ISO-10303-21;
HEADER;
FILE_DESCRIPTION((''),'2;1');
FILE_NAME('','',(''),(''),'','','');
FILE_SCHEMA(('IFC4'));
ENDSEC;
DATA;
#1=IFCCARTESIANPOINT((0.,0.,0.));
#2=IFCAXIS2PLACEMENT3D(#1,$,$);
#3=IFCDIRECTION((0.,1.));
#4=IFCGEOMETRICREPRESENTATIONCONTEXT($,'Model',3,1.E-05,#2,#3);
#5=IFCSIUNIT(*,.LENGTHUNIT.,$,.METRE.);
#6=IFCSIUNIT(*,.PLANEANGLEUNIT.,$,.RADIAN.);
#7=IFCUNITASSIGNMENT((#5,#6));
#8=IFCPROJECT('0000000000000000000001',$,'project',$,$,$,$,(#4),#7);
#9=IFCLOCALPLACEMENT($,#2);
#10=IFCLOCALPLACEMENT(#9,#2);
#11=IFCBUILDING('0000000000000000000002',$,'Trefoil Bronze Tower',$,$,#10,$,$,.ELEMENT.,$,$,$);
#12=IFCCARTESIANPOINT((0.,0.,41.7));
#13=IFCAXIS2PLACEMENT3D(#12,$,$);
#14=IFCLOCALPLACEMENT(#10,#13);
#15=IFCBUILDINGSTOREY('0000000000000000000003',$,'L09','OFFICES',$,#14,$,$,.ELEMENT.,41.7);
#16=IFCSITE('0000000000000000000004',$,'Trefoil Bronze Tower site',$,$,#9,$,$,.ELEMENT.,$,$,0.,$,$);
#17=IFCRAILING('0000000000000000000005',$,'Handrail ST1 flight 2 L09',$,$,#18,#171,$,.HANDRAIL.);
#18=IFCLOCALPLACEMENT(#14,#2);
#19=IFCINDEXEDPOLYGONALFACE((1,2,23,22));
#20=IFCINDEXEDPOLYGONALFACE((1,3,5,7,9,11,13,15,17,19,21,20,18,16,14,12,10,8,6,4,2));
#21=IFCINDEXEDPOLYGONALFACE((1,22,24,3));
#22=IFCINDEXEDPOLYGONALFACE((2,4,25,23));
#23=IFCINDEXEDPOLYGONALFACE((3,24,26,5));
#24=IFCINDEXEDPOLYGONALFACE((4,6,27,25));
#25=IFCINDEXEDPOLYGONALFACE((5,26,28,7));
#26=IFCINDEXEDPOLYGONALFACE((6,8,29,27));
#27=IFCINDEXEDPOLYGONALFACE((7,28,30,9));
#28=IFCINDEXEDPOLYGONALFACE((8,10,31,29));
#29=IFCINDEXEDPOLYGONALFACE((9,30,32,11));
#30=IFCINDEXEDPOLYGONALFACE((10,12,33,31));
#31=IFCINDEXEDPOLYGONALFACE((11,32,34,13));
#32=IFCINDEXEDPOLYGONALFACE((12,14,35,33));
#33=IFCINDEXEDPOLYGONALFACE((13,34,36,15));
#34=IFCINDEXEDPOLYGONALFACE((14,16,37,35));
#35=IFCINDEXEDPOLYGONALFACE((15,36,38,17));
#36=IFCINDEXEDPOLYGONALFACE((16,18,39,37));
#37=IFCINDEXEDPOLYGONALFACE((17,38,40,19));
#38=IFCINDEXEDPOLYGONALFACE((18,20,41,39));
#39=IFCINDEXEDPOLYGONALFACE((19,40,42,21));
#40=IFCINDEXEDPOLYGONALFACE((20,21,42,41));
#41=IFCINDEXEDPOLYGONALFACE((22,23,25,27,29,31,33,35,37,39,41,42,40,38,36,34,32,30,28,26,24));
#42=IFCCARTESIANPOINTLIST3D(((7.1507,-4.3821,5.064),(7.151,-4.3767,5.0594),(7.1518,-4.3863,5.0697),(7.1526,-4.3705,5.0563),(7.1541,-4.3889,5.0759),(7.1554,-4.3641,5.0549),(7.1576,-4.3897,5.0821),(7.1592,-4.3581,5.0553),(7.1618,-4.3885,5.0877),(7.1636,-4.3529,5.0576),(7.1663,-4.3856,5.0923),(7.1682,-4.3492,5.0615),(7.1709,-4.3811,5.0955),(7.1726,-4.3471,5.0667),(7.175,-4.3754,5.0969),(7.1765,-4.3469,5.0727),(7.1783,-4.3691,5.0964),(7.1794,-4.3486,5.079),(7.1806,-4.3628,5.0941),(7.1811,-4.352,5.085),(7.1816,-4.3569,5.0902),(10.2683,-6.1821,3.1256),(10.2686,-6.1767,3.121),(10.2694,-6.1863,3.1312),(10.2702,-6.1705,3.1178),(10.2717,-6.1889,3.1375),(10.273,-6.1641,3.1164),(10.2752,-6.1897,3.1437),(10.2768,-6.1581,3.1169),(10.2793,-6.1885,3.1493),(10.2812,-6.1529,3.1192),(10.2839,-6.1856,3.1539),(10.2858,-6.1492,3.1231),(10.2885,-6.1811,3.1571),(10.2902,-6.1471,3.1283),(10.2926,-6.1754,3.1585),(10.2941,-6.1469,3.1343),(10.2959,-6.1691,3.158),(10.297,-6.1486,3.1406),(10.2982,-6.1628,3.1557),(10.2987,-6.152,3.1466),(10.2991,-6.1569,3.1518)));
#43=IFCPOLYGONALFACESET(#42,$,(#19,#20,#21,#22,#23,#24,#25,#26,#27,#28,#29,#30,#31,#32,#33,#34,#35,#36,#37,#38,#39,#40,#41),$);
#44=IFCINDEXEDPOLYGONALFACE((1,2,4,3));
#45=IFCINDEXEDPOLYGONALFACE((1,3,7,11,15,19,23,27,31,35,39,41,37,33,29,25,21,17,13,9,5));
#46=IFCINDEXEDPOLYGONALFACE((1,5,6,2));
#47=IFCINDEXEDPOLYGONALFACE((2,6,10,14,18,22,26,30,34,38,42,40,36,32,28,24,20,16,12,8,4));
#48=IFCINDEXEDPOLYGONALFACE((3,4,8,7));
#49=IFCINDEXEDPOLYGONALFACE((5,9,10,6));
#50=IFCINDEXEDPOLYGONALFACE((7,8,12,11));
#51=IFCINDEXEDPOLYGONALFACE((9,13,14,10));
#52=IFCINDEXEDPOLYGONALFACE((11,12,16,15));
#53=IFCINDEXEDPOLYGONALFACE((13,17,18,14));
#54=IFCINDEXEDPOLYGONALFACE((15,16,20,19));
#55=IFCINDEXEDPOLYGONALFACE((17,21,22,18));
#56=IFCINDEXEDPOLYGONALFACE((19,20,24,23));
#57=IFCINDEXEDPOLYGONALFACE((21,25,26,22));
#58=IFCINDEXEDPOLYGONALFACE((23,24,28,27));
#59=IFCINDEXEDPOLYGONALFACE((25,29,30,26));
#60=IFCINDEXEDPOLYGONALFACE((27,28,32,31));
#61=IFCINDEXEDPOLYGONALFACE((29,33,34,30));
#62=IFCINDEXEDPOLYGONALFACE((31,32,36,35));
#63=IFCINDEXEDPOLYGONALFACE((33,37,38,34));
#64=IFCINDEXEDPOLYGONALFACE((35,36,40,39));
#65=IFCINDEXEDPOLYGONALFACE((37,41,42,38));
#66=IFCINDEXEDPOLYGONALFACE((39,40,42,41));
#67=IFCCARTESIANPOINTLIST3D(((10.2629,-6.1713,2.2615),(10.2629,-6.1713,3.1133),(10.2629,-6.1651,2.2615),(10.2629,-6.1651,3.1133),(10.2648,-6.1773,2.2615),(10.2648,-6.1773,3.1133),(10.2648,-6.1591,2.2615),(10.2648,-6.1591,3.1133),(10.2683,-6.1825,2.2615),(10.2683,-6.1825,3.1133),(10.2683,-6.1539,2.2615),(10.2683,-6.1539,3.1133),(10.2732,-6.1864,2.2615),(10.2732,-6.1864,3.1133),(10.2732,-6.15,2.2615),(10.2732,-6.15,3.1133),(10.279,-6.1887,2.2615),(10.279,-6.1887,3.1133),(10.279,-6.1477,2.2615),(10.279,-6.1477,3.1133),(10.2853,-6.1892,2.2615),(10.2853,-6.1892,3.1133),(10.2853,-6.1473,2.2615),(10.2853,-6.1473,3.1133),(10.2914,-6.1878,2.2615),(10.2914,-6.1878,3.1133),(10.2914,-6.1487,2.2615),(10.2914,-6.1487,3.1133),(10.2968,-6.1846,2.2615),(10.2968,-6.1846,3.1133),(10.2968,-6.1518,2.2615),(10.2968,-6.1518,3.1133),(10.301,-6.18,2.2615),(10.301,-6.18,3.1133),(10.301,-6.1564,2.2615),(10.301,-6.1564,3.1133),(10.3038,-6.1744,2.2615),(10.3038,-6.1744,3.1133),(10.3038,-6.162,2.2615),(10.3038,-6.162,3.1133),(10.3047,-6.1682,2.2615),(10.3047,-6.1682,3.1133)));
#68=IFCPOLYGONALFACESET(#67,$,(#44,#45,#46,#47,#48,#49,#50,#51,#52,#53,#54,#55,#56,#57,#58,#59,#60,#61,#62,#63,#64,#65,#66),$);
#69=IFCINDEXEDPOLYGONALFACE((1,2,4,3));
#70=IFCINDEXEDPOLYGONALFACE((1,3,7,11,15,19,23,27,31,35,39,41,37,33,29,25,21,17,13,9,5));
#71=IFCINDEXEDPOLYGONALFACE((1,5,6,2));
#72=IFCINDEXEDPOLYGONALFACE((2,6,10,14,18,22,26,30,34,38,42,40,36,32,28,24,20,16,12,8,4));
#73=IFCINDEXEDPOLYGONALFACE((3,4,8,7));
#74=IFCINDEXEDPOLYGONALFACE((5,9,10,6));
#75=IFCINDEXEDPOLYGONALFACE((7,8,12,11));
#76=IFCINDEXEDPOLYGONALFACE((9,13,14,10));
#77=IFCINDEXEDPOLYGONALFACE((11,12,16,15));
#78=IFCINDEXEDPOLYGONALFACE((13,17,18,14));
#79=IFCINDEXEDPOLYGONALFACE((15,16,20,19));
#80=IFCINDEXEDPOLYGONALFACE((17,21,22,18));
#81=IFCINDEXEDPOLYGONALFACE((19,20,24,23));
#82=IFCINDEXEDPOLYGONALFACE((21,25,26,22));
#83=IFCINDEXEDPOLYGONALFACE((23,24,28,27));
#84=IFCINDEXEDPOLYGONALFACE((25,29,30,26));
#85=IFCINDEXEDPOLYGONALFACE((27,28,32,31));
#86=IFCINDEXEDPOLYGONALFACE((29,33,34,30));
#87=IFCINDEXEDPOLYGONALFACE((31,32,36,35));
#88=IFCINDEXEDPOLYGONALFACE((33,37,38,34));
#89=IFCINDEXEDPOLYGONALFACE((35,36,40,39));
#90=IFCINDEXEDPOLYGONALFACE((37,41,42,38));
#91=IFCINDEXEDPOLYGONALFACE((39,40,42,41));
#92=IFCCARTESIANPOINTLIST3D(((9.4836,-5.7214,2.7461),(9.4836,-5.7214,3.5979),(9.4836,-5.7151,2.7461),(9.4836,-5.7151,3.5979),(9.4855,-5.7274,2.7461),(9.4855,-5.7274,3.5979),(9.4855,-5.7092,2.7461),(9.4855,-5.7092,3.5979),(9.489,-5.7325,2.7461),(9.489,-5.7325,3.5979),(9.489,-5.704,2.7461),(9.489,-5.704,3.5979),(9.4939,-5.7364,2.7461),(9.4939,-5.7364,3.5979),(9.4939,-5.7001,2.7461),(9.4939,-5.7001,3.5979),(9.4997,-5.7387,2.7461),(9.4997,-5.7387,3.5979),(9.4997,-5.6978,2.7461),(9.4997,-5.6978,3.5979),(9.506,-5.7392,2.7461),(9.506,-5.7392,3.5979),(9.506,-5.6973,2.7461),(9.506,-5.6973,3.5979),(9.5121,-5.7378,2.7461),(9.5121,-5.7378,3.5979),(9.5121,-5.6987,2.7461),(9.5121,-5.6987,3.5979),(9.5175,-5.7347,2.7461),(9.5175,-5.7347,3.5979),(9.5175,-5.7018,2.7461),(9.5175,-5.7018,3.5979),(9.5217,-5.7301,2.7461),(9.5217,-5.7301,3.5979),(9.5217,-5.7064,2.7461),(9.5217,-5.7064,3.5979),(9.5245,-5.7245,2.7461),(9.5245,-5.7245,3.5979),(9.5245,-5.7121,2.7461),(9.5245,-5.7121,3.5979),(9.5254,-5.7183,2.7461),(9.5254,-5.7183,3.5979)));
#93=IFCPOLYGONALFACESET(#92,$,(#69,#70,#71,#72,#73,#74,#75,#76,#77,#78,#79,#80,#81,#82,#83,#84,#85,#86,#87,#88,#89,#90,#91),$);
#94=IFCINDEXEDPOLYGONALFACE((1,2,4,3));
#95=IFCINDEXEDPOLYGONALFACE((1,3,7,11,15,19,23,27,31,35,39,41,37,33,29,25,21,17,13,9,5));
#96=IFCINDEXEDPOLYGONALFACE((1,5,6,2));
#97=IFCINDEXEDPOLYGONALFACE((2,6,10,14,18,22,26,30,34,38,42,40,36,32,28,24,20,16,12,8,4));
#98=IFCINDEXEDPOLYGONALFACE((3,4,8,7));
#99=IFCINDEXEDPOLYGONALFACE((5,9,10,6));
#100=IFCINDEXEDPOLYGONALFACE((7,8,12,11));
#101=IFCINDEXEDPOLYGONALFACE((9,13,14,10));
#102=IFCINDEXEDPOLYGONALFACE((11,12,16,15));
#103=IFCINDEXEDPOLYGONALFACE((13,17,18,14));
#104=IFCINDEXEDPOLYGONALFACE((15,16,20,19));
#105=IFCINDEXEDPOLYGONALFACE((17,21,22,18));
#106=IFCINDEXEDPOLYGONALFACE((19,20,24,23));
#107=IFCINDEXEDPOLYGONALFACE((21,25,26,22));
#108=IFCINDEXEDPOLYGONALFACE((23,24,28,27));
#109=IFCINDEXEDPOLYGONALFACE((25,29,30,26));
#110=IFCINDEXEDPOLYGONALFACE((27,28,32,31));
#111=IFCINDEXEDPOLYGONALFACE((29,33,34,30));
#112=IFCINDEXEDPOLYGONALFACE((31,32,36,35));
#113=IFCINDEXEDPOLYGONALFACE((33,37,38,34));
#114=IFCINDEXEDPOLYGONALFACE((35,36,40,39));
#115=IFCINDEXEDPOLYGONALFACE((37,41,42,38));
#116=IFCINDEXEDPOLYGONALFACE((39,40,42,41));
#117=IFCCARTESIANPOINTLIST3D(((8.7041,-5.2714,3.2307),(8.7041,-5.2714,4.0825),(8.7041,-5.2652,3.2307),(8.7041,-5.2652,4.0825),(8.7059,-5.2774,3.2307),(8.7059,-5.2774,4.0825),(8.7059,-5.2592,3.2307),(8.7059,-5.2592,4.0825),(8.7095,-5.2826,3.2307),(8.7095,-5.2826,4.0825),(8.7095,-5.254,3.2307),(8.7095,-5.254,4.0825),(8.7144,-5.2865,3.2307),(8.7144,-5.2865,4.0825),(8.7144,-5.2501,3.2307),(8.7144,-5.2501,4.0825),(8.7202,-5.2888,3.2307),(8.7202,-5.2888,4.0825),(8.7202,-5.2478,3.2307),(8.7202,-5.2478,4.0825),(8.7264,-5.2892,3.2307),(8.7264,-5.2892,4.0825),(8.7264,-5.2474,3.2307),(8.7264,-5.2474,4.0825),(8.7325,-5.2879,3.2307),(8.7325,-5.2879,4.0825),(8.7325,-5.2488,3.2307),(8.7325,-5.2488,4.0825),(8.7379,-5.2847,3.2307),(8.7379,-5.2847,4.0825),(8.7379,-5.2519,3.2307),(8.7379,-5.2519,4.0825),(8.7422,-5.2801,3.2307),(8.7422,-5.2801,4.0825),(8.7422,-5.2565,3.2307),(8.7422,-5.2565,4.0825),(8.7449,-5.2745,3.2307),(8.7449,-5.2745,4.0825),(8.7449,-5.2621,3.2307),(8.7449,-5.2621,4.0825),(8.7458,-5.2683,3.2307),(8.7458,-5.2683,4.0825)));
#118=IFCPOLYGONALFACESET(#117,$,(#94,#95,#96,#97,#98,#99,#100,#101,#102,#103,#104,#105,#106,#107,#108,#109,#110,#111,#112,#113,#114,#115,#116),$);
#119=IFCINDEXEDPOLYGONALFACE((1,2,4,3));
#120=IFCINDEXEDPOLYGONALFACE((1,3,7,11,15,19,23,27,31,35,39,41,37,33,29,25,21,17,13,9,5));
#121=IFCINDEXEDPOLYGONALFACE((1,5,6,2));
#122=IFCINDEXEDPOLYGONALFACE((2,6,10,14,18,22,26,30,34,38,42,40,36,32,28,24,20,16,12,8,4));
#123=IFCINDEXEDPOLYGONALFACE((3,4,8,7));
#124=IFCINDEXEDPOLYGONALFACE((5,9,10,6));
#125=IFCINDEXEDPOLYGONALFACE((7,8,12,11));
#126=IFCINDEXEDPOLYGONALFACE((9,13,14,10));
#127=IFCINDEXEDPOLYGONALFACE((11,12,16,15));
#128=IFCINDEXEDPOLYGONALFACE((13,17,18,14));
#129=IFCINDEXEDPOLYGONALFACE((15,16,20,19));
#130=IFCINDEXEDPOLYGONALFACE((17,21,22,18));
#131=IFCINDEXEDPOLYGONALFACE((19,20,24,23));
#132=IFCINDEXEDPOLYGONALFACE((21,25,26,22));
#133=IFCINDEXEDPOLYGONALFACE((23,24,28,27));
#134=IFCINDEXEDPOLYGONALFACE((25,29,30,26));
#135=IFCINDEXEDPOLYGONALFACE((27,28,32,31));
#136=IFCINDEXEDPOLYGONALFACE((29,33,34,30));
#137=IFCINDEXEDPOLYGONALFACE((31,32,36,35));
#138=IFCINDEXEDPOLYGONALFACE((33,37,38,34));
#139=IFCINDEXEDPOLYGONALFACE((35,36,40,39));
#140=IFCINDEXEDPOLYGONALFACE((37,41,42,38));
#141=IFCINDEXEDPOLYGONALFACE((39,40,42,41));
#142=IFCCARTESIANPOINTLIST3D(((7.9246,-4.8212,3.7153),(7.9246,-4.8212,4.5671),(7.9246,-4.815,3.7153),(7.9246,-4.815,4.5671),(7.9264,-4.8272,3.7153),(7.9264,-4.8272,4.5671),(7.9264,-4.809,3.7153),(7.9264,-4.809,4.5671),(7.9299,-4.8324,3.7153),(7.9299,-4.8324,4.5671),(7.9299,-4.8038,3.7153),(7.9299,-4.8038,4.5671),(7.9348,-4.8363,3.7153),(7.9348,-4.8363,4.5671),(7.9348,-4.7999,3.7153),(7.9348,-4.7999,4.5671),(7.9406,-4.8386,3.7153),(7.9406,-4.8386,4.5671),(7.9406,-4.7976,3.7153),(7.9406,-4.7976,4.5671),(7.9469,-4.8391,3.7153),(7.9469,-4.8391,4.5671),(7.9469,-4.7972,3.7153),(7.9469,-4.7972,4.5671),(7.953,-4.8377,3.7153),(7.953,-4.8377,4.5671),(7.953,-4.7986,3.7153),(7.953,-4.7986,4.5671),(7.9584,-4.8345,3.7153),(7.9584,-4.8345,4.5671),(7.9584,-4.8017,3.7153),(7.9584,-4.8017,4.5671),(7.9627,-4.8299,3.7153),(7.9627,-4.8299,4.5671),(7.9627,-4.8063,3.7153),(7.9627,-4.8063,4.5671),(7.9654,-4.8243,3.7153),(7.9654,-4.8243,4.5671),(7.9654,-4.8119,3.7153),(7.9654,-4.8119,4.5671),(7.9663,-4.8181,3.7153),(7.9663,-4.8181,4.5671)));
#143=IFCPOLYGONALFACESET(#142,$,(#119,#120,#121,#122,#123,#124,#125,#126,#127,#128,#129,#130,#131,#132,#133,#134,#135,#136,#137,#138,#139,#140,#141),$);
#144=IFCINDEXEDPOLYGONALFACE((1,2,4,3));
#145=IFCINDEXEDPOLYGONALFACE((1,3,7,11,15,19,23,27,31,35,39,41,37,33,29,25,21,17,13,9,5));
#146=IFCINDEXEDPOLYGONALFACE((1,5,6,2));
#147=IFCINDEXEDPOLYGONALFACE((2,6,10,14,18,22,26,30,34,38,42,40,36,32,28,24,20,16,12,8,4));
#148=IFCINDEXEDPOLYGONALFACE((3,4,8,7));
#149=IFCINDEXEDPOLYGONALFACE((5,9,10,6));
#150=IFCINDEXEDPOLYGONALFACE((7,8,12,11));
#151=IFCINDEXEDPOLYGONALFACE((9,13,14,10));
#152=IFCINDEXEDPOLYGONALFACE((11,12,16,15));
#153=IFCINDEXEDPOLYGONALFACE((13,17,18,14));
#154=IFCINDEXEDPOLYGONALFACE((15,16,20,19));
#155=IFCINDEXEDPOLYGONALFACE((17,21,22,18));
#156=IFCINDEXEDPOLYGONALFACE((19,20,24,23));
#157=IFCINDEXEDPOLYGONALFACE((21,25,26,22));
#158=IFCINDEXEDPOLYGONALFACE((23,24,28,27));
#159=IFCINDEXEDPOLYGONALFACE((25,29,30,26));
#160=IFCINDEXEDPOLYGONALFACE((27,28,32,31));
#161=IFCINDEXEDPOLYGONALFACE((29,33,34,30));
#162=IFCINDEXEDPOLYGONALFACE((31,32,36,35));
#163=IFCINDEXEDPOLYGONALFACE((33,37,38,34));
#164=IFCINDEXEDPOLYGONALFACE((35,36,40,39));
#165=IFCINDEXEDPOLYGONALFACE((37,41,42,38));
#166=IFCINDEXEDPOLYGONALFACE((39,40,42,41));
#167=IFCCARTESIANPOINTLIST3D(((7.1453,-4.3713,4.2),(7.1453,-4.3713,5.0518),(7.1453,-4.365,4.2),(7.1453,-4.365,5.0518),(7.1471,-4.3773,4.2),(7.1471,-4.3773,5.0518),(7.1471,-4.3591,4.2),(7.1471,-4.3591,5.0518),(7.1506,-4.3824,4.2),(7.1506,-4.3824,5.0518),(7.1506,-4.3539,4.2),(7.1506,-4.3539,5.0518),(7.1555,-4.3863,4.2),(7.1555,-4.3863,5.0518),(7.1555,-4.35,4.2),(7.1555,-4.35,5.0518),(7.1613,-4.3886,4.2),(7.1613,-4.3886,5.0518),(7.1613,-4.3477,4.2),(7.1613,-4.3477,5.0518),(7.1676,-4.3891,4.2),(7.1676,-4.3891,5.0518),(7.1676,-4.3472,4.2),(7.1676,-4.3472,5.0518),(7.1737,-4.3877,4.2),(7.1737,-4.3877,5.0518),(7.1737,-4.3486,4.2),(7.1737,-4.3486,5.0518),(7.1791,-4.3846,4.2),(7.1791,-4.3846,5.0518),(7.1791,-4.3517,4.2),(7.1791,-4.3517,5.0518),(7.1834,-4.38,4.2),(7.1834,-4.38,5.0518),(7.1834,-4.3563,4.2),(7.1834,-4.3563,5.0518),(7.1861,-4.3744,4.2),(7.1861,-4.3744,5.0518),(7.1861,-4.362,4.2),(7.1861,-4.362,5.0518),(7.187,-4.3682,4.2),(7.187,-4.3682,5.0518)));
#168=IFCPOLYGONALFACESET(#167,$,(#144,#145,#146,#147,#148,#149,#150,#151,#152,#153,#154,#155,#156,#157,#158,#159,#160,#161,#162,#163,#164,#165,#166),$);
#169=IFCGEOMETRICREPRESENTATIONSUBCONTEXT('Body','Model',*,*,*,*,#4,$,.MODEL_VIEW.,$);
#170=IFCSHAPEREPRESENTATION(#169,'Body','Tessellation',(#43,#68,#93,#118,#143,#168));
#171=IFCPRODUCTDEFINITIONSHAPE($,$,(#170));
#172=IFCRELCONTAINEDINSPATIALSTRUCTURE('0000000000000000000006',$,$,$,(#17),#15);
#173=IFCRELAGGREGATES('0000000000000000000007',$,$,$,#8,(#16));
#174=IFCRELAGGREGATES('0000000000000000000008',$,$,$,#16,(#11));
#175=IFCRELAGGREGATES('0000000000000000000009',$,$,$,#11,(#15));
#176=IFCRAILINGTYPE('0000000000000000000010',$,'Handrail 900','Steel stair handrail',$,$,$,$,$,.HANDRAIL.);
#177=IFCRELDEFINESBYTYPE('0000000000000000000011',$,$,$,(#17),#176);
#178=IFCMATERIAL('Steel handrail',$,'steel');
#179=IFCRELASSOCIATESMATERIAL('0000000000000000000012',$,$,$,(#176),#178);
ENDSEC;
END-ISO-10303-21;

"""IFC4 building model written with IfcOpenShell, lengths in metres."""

from ifc_helpers import new_model, si_unit, direction, frame, origin, origin_2d, place, context, subcontext, project, spatial, circle, extrude, material, type_object, element, save


model = new_model("IFC4")

# Units and contexts
model_context = context("Model", 3, precision=1e-05, world=origin(), true_north=direction((0.0, 1.0)))
body_context = subcontext(model_context, "Body", "Model", "MODEL_VIEW")
ifc_project = project(units=[si_unit("LENGTHUNIT", "METRE"), si_unit("PLANEANGLEUNIT", "RADIAN")], contexts=[model_context])

# Site, building, storey
site_placement = place(None, origin())
site = spatial("IfcSite", under=ifc_project, at=site_placement, Name="Trefoil Bronze Tower site", CompositionType="ELEMENT", RefElevation=0.0)
building_placement = place(site_placement, origin())
building = spatial("IfcBuilding", under=site, at=building_placement, Name="Trefoil Bronze Tower", CompositionType="ELEMENT")
storey_placement = place(building_placement, frame((0.0, 0.0, 41.7)))
storey = spatial("IfcBuildingStorey", under=building, at=storey_placement, Name="L09", Description="OFFICES", CompositionType="ELEMENT", Elevation=41.7)

# Railing
ifc_material_1 = material(Name="Steel handrail", Category="steel")
railing_type = type_object("IfcRailingType", Name="Handrail 900", Description="Steel stair handrail", PredefinedType="HANDRAIL", material=ifc_material_1)
railing_placement = place(storey_placement, frame((10.2837, -6.1682, 2.2615)))
element("IfcRailing", 1, at=railing_placement, inside=storey, type_object=railing_type, Name="Handrail ST1 flight 2 L09", PredefinedType="HANDRAIL", context=body_context, shape_type="SweptSolid", body=[
    extrude(circle(Radius=0.0239, at=origin_2d()), frame((0.0, 0.0, 0.876), z_axis=(-0.762503, 0.440246, 0.474102), x_axis=(-0.500012, -0.866018, 0.0)), (0.0, 0.0, 1.0), 4.0886),
    extrude(circle(Radius=0.021, at=origin_2d()), origin(), (0.0, 0.0, 1.0), 0.8518),
    extrude(circle(Radius=0.021, at=origin_2d()), frame((-0.7793, 0.45, 0.4846)), (0.0, 0.0, 1.0), 0.8518),
    extrude(circle(Radius=0.021, at=origin_2d()), frame((-1.5588, 0.8999, 0.9692)), (0.0, 0.0, 1.0), 0.8518),
    extrude(circle(Radius=0.021, at=origin_2d()), frame((-2.3384, 1.3501, 1.4539)), (0.0, 0.0, 1.0), 0.8518),
    extrude(circle(Radius=0.021, at=origin_2d()), frame((-3.1177, 1.8, 1.9385)), (0.0, 0.0, 1.0), 0.8518),
])

save(model, "model.ifc")
